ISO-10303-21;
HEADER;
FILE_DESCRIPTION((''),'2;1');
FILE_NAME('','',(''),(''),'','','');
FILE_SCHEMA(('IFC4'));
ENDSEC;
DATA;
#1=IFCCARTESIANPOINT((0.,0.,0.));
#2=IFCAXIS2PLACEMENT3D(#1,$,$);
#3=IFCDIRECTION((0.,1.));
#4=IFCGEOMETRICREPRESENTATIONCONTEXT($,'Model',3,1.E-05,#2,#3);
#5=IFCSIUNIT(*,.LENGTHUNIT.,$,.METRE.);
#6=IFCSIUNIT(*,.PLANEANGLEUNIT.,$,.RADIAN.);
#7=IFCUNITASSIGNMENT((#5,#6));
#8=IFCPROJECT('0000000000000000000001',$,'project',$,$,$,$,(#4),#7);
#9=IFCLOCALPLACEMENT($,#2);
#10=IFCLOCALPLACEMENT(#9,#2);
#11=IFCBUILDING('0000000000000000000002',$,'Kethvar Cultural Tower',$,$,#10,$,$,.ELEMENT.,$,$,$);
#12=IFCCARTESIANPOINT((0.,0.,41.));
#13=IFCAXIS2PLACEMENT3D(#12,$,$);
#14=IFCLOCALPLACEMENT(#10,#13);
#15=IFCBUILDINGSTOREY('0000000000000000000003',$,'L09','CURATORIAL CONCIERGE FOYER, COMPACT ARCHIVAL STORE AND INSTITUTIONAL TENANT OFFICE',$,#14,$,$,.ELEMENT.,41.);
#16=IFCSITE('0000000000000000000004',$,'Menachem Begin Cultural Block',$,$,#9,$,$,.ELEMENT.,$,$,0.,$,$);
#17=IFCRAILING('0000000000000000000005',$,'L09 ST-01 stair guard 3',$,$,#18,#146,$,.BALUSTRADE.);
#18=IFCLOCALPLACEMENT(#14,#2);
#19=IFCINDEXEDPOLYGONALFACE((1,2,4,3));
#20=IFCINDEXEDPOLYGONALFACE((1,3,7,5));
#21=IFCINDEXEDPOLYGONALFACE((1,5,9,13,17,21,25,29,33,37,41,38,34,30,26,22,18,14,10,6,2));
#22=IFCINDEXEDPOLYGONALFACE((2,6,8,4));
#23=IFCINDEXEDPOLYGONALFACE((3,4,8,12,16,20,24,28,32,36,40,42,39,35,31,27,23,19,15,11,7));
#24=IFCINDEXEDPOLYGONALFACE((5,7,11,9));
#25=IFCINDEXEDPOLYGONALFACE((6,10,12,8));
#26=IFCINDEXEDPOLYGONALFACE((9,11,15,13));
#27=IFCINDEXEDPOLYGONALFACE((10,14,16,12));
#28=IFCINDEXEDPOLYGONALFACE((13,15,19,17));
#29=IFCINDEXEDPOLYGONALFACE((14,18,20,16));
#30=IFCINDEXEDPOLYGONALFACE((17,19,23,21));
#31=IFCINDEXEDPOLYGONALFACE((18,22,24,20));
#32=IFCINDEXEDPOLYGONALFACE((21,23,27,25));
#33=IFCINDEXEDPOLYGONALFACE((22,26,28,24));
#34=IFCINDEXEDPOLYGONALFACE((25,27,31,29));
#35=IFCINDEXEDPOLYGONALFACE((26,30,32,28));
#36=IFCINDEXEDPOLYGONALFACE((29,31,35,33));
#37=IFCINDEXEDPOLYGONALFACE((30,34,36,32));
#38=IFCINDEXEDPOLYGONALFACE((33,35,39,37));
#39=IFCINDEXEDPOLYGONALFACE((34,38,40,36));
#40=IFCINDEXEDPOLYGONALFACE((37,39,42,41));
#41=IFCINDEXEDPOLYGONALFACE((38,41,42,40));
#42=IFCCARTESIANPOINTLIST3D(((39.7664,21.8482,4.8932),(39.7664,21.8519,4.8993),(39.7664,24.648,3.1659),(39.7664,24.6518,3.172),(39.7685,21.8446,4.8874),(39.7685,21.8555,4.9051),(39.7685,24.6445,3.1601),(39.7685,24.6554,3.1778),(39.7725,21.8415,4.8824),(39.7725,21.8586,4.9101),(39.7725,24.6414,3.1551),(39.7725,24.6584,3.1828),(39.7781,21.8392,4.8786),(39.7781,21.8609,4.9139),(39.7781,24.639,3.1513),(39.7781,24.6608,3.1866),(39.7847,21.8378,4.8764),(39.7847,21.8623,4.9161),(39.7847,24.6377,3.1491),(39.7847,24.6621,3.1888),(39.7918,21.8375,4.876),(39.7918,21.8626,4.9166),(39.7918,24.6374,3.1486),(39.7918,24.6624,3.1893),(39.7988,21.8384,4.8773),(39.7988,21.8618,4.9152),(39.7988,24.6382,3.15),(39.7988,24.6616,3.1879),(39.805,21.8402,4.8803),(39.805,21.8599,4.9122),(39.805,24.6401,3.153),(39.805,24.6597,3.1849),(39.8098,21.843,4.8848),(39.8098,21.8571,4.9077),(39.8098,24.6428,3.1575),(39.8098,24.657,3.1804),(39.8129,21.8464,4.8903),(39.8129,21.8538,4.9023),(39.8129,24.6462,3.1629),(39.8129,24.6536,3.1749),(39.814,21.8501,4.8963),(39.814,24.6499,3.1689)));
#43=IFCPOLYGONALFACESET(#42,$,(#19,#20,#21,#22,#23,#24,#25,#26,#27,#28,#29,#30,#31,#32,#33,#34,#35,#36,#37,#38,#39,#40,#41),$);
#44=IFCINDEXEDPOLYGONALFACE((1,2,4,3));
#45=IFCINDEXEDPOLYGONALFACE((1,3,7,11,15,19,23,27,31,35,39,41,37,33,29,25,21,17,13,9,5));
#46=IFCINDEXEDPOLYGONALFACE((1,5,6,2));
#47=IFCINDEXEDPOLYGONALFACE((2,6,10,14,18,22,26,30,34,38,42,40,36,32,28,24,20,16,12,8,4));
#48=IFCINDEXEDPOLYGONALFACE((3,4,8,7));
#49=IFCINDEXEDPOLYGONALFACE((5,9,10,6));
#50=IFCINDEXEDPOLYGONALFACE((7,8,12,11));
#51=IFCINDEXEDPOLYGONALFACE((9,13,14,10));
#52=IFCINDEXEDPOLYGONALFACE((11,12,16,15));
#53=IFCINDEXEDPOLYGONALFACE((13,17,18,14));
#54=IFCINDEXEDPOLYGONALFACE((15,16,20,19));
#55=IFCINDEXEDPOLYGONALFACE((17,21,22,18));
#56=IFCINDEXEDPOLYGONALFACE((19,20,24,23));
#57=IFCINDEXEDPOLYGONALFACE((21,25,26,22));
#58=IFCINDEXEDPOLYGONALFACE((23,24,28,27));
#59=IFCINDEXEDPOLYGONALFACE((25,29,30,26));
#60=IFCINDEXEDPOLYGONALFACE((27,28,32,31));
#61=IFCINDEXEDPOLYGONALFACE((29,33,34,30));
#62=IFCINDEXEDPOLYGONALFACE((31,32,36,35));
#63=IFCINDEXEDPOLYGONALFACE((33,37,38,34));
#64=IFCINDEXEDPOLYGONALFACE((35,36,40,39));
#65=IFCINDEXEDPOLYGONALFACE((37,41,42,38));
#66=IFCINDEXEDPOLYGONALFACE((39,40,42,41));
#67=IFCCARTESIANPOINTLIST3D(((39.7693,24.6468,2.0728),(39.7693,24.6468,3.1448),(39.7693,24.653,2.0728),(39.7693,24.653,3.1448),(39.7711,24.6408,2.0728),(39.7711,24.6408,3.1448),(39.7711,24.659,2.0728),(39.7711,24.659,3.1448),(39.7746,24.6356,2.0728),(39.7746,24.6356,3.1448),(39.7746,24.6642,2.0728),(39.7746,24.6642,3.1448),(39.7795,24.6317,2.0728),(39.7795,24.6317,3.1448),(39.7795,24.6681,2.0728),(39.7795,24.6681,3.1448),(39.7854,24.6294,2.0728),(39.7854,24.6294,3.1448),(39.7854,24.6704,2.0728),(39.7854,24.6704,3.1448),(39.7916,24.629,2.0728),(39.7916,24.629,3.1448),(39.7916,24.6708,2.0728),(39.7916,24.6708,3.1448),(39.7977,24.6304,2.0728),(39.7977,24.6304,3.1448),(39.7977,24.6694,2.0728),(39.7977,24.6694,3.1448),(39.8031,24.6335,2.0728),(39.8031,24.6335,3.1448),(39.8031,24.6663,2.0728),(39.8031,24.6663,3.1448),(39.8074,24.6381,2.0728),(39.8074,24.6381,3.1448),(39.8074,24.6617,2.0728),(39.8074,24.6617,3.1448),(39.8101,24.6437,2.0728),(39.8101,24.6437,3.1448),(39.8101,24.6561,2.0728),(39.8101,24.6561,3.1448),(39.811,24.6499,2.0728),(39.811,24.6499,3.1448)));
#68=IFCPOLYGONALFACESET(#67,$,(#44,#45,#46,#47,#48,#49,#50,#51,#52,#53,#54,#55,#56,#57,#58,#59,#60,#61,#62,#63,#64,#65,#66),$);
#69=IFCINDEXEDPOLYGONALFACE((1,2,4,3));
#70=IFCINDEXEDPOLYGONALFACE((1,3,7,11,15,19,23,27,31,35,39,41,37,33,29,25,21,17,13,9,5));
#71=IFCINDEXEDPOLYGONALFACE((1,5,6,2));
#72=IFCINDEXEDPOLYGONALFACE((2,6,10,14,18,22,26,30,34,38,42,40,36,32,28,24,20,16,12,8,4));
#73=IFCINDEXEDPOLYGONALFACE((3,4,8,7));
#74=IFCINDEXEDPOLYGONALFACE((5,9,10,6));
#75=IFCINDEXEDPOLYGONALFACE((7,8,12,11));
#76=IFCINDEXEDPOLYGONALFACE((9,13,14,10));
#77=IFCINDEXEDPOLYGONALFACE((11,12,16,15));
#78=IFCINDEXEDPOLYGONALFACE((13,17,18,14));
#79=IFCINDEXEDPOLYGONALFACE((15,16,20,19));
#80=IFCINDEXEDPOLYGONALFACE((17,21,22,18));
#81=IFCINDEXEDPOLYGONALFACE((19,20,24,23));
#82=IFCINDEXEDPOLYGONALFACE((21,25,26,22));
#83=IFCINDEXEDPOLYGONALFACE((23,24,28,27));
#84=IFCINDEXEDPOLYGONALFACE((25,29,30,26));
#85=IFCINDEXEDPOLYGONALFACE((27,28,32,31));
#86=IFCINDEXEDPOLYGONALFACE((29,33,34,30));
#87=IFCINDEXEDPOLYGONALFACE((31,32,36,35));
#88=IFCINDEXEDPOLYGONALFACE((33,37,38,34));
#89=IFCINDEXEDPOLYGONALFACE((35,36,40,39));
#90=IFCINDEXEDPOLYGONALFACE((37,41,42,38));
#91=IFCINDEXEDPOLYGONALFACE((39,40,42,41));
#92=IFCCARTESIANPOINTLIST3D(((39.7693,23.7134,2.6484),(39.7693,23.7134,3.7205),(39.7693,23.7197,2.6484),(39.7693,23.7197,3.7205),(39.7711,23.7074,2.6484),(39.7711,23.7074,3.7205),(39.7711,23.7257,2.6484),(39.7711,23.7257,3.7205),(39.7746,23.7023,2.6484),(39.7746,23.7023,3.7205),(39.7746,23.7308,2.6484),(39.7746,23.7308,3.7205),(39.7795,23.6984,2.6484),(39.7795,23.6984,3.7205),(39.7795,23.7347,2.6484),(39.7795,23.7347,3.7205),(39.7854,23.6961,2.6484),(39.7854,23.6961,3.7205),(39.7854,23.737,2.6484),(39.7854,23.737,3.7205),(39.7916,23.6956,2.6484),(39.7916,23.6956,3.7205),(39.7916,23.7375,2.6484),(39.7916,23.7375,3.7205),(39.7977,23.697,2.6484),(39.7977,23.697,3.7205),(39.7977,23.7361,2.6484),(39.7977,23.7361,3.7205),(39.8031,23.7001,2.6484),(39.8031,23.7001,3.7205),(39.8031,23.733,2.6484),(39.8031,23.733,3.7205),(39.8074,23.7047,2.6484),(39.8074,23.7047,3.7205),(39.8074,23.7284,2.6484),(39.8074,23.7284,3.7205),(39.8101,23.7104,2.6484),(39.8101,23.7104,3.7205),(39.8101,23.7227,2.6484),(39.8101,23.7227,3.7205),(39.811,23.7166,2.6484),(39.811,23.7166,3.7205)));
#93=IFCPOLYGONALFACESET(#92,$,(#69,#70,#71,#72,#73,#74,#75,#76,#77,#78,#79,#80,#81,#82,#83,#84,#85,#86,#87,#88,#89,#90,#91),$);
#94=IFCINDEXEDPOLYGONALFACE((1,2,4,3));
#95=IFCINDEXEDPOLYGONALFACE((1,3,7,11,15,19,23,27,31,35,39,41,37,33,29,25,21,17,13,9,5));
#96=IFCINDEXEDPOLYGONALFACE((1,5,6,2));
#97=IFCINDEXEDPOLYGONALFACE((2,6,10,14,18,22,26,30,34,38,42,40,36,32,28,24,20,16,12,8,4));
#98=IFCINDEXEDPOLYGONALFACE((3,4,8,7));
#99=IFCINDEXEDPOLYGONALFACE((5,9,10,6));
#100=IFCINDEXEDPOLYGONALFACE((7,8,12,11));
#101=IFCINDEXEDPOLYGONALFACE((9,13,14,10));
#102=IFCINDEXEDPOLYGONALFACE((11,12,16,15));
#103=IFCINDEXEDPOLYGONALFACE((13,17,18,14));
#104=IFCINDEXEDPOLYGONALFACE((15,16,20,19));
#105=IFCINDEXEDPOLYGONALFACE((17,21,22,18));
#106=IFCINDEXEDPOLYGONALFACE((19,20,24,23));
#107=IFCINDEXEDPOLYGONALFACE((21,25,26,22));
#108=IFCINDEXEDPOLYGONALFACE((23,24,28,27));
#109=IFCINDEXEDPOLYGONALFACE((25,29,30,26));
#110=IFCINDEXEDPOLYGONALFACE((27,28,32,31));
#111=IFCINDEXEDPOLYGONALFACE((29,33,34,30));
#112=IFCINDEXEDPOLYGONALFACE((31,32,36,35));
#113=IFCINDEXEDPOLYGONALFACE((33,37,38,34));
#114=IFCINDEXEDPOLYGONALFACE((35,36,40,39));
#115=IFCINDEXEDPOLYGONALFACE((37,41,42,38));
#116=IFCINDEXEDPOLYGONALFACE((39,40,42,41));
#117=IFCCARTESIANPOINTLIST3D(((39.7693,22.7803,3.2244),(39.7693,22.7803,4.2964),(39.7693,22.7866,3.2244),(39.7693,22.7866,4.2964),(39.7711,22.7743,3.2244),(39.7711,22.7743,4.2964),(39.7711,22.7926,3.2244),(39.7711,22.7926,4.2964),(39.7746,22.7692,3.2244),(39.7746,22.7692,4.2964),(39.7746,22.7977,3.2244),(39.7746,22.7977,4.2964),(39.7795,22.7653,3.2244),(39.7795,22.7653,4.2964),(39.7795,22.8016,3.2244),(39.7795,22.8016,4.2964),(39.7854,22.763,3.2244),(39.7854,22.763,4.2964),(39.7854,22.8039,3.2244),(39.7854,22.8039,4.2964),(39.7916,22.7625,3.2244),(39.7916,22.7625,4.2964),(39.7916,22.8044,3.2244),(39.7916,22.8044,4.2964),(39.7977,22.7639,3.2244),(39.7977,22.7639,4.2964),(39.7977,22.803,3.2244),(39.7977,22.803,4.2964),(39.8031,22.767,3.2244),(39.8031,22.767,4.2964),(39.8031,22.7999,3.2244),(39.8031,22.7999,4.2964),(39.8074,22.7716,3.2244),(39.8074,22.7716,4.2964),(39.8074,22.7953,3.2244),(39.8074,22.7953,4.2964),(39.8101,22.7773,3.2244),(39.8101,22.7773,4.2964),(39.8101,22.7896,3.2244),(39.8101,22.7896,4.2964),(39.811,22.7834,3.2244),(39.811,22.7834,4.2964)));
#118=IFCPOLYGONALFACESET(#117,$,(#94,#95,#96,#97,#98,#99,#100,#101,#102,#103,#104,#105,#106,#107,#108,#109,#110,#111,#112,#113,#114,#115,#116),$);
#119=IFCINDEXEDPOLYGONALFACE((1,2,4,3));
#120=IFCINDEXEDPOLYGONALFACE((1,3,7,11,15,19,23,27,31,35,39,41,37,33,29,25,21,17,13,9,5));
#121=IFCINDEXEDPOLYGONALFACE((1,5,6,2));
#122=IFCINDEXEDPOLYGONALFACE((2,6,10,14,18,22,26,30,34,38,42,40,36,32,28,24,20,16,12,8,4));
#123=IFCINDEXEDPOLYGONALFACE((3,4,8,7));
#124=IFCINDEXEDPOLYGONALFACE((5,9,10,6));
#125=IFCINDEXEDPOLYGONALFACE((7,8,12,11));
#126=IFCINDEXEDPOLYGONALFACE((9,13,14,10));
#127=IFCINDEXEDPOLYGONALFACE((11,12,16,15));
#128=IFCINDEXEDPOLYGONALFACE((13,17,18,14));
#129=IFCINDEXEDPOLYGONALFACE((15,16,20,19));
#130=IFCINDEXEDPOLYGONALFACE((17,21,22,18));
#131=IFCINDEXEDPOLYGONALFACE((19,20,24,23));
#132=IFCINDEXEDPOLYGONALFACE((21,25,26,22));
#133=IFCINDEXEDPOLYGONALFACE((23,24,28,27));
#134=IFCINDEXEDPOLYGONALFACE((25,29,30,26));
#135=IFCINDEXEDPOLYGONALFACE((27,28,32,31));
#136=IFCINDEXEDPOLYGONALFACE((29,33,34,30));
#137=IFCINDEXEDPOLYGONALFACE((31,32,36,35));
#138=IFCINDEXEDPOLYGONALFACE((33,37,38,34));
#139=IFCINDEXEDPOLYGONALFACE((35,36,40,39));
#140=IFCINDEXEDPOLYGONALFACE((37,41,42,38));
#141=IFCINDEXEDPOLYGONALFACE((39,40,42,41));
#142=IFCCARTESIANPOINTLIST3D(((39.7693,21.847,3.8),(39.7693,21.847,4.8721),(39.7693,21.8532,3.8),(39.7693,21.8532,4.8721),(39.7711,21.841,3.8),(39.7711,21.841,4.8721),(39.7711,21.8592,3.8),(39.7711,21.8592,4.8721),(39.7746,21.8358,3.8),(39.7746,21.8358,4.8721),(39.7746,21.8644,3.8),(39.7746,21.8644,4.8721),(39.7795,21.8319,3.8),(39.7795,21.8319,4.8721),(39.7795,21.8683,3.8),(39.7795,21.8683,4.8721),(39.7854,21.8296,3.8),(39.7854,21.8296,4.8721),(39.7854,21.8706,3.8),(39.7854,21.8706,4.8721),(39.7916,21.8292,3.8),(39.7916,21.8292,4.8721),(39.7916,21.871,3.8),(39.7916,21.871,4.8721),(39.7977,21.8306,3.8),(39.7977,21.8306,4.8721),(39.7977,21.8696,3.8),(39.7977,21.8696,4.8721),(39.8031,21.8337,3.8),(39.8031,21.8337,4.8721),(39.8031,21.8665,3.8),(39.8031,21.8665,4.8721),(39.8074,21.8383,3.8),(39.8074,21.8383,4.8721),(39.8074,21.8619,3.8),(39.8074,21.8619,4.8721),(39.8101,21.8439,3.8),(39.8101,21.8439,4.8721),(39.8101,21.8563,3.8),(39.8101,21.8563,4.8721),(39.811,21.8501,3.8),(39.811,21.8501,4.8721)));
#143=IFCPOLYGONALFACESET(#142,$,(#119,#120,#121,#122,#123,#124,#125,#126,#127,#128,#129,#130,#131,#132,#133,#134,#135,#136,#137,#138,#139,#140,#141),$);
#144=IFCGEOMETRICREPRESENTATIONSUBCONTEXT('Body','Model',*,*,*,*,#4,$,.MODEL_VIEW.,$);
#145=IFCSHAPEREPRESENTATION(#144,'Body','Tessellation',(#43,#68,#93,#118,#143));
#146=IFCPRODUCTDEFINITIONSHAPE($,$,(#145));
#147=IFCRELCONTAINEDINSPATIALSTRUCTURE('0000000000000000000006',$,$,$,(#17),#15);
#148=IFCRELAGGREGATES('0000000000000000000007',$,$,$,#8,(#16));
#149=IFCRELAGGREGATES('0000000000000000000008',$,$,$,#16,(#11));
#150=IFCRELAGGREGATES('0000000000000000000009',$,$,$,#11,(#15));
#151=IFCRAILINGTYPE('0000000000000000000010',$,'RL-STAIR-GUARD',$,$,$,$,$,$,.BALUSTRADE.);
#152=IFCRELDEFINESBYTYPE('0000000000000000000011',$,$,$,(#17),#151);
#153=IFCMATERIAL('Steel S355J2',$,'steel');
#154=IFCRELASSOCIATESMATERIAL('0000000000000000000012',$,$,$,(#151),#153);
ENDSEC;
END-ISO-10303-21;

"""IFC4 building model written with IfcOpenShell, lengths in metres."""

from ifc_helpers import new_model, si_unit, direction, frame, origin, origin_2d, place, context, subcontext, project, spatial, circle, extrude, material, type_object, element, save


model = new_model("IFC4")

# Units and contexts
model_context = context("Model", 3, precision=1e-05, world=origin(), true_north=direction((0.0, 1.0)))
body_context = subcontext(model_context, "Body", "Model", "MODEL_VIEW")
ifc_project = project(units=[si_unit("LENGTHUNIT", "METRE"), si_unit("PLANEANGLEUNIT", "RADIAN")], contexts=[model_context])

# Site, building, storey
site_placement = place(None, origin())
site = spatial("IfcSite", under=ifc_project, at=site_placement, Name="Menachem Begin Cultural Block", CompositionType="ELEMENT", RefElevation=0.0)
building_placement = place(site_placement, origin())
building = spatial("IfcBuilding", under=site, at=building_placement, Name="Kethvar Cultural Tower", CompositionType="ELEMENT")
storey_placement = place(building_placement, frame((0.0, 0.0, 41.0)))
storey = spatial("IfcBuildingStorey", under=building, at=storey_placement, Name="L09", Description="CURATORIAL CONCIERGE FOYER, COMPACT ARCHIVAL STORE AND INSTITUTIONAL TENANT OFFICE", CompositionType="ELEMENT", Elevation=41.0)

# Shared definitions
ifc_material_1 = material(Name="Steel S355J2", Category="steel")

# Railing
railing_type_1 = type_object("IfcRailingType", Name="RL-STAIR-GUARD", PredefinedType="BALUSTRADE", material=ifc_material_1)
railing_1_placement = place(storey_placement, frame((39.79, 24.6499, 2.0728)))
element("IfcRailing", 1, at=railing_1_placement, inside=storey, type_object=railing_type_1, Name="L09 ST-01 stair guard 3", PredefinedType="BALUSTRADE", context=body_context, shape_type="SweptSolid", body=[
    extrude(circle(Radius=0.0239, at=origin_2d()), frame((0.0, 0.0, 1.0962), z_axis=(0.0, -0.851069, 0.525054), x_axis=(1.0, 0.0, 0.0)), (0.0, 0.0, 1.0), 3.2898),
    extrude(circle(Radius=0.021, at=origin_2d()), origin(), (0.0, 0.0, 1.0), 1.072),
    extrude(circle(Radius=0.021, at=origin_2d()), frame((0.0, -0.9333, 0.5757)), (0.0, 0.0, 1.0), 1.072),
    extrude(circle(Radius=0.021, at=origin_2d()), frame((0.0, -1.8665, 1.1516)), (0.0, 0.0, 1.0), 1.072),
    extrude(circle(Radius=0.021, at=origin_2d()), frame((0.0, -2.7998, 1.7273)), (0.0, 0.0, 1.0), 1.072),
])

save(model, "model.ifc")
